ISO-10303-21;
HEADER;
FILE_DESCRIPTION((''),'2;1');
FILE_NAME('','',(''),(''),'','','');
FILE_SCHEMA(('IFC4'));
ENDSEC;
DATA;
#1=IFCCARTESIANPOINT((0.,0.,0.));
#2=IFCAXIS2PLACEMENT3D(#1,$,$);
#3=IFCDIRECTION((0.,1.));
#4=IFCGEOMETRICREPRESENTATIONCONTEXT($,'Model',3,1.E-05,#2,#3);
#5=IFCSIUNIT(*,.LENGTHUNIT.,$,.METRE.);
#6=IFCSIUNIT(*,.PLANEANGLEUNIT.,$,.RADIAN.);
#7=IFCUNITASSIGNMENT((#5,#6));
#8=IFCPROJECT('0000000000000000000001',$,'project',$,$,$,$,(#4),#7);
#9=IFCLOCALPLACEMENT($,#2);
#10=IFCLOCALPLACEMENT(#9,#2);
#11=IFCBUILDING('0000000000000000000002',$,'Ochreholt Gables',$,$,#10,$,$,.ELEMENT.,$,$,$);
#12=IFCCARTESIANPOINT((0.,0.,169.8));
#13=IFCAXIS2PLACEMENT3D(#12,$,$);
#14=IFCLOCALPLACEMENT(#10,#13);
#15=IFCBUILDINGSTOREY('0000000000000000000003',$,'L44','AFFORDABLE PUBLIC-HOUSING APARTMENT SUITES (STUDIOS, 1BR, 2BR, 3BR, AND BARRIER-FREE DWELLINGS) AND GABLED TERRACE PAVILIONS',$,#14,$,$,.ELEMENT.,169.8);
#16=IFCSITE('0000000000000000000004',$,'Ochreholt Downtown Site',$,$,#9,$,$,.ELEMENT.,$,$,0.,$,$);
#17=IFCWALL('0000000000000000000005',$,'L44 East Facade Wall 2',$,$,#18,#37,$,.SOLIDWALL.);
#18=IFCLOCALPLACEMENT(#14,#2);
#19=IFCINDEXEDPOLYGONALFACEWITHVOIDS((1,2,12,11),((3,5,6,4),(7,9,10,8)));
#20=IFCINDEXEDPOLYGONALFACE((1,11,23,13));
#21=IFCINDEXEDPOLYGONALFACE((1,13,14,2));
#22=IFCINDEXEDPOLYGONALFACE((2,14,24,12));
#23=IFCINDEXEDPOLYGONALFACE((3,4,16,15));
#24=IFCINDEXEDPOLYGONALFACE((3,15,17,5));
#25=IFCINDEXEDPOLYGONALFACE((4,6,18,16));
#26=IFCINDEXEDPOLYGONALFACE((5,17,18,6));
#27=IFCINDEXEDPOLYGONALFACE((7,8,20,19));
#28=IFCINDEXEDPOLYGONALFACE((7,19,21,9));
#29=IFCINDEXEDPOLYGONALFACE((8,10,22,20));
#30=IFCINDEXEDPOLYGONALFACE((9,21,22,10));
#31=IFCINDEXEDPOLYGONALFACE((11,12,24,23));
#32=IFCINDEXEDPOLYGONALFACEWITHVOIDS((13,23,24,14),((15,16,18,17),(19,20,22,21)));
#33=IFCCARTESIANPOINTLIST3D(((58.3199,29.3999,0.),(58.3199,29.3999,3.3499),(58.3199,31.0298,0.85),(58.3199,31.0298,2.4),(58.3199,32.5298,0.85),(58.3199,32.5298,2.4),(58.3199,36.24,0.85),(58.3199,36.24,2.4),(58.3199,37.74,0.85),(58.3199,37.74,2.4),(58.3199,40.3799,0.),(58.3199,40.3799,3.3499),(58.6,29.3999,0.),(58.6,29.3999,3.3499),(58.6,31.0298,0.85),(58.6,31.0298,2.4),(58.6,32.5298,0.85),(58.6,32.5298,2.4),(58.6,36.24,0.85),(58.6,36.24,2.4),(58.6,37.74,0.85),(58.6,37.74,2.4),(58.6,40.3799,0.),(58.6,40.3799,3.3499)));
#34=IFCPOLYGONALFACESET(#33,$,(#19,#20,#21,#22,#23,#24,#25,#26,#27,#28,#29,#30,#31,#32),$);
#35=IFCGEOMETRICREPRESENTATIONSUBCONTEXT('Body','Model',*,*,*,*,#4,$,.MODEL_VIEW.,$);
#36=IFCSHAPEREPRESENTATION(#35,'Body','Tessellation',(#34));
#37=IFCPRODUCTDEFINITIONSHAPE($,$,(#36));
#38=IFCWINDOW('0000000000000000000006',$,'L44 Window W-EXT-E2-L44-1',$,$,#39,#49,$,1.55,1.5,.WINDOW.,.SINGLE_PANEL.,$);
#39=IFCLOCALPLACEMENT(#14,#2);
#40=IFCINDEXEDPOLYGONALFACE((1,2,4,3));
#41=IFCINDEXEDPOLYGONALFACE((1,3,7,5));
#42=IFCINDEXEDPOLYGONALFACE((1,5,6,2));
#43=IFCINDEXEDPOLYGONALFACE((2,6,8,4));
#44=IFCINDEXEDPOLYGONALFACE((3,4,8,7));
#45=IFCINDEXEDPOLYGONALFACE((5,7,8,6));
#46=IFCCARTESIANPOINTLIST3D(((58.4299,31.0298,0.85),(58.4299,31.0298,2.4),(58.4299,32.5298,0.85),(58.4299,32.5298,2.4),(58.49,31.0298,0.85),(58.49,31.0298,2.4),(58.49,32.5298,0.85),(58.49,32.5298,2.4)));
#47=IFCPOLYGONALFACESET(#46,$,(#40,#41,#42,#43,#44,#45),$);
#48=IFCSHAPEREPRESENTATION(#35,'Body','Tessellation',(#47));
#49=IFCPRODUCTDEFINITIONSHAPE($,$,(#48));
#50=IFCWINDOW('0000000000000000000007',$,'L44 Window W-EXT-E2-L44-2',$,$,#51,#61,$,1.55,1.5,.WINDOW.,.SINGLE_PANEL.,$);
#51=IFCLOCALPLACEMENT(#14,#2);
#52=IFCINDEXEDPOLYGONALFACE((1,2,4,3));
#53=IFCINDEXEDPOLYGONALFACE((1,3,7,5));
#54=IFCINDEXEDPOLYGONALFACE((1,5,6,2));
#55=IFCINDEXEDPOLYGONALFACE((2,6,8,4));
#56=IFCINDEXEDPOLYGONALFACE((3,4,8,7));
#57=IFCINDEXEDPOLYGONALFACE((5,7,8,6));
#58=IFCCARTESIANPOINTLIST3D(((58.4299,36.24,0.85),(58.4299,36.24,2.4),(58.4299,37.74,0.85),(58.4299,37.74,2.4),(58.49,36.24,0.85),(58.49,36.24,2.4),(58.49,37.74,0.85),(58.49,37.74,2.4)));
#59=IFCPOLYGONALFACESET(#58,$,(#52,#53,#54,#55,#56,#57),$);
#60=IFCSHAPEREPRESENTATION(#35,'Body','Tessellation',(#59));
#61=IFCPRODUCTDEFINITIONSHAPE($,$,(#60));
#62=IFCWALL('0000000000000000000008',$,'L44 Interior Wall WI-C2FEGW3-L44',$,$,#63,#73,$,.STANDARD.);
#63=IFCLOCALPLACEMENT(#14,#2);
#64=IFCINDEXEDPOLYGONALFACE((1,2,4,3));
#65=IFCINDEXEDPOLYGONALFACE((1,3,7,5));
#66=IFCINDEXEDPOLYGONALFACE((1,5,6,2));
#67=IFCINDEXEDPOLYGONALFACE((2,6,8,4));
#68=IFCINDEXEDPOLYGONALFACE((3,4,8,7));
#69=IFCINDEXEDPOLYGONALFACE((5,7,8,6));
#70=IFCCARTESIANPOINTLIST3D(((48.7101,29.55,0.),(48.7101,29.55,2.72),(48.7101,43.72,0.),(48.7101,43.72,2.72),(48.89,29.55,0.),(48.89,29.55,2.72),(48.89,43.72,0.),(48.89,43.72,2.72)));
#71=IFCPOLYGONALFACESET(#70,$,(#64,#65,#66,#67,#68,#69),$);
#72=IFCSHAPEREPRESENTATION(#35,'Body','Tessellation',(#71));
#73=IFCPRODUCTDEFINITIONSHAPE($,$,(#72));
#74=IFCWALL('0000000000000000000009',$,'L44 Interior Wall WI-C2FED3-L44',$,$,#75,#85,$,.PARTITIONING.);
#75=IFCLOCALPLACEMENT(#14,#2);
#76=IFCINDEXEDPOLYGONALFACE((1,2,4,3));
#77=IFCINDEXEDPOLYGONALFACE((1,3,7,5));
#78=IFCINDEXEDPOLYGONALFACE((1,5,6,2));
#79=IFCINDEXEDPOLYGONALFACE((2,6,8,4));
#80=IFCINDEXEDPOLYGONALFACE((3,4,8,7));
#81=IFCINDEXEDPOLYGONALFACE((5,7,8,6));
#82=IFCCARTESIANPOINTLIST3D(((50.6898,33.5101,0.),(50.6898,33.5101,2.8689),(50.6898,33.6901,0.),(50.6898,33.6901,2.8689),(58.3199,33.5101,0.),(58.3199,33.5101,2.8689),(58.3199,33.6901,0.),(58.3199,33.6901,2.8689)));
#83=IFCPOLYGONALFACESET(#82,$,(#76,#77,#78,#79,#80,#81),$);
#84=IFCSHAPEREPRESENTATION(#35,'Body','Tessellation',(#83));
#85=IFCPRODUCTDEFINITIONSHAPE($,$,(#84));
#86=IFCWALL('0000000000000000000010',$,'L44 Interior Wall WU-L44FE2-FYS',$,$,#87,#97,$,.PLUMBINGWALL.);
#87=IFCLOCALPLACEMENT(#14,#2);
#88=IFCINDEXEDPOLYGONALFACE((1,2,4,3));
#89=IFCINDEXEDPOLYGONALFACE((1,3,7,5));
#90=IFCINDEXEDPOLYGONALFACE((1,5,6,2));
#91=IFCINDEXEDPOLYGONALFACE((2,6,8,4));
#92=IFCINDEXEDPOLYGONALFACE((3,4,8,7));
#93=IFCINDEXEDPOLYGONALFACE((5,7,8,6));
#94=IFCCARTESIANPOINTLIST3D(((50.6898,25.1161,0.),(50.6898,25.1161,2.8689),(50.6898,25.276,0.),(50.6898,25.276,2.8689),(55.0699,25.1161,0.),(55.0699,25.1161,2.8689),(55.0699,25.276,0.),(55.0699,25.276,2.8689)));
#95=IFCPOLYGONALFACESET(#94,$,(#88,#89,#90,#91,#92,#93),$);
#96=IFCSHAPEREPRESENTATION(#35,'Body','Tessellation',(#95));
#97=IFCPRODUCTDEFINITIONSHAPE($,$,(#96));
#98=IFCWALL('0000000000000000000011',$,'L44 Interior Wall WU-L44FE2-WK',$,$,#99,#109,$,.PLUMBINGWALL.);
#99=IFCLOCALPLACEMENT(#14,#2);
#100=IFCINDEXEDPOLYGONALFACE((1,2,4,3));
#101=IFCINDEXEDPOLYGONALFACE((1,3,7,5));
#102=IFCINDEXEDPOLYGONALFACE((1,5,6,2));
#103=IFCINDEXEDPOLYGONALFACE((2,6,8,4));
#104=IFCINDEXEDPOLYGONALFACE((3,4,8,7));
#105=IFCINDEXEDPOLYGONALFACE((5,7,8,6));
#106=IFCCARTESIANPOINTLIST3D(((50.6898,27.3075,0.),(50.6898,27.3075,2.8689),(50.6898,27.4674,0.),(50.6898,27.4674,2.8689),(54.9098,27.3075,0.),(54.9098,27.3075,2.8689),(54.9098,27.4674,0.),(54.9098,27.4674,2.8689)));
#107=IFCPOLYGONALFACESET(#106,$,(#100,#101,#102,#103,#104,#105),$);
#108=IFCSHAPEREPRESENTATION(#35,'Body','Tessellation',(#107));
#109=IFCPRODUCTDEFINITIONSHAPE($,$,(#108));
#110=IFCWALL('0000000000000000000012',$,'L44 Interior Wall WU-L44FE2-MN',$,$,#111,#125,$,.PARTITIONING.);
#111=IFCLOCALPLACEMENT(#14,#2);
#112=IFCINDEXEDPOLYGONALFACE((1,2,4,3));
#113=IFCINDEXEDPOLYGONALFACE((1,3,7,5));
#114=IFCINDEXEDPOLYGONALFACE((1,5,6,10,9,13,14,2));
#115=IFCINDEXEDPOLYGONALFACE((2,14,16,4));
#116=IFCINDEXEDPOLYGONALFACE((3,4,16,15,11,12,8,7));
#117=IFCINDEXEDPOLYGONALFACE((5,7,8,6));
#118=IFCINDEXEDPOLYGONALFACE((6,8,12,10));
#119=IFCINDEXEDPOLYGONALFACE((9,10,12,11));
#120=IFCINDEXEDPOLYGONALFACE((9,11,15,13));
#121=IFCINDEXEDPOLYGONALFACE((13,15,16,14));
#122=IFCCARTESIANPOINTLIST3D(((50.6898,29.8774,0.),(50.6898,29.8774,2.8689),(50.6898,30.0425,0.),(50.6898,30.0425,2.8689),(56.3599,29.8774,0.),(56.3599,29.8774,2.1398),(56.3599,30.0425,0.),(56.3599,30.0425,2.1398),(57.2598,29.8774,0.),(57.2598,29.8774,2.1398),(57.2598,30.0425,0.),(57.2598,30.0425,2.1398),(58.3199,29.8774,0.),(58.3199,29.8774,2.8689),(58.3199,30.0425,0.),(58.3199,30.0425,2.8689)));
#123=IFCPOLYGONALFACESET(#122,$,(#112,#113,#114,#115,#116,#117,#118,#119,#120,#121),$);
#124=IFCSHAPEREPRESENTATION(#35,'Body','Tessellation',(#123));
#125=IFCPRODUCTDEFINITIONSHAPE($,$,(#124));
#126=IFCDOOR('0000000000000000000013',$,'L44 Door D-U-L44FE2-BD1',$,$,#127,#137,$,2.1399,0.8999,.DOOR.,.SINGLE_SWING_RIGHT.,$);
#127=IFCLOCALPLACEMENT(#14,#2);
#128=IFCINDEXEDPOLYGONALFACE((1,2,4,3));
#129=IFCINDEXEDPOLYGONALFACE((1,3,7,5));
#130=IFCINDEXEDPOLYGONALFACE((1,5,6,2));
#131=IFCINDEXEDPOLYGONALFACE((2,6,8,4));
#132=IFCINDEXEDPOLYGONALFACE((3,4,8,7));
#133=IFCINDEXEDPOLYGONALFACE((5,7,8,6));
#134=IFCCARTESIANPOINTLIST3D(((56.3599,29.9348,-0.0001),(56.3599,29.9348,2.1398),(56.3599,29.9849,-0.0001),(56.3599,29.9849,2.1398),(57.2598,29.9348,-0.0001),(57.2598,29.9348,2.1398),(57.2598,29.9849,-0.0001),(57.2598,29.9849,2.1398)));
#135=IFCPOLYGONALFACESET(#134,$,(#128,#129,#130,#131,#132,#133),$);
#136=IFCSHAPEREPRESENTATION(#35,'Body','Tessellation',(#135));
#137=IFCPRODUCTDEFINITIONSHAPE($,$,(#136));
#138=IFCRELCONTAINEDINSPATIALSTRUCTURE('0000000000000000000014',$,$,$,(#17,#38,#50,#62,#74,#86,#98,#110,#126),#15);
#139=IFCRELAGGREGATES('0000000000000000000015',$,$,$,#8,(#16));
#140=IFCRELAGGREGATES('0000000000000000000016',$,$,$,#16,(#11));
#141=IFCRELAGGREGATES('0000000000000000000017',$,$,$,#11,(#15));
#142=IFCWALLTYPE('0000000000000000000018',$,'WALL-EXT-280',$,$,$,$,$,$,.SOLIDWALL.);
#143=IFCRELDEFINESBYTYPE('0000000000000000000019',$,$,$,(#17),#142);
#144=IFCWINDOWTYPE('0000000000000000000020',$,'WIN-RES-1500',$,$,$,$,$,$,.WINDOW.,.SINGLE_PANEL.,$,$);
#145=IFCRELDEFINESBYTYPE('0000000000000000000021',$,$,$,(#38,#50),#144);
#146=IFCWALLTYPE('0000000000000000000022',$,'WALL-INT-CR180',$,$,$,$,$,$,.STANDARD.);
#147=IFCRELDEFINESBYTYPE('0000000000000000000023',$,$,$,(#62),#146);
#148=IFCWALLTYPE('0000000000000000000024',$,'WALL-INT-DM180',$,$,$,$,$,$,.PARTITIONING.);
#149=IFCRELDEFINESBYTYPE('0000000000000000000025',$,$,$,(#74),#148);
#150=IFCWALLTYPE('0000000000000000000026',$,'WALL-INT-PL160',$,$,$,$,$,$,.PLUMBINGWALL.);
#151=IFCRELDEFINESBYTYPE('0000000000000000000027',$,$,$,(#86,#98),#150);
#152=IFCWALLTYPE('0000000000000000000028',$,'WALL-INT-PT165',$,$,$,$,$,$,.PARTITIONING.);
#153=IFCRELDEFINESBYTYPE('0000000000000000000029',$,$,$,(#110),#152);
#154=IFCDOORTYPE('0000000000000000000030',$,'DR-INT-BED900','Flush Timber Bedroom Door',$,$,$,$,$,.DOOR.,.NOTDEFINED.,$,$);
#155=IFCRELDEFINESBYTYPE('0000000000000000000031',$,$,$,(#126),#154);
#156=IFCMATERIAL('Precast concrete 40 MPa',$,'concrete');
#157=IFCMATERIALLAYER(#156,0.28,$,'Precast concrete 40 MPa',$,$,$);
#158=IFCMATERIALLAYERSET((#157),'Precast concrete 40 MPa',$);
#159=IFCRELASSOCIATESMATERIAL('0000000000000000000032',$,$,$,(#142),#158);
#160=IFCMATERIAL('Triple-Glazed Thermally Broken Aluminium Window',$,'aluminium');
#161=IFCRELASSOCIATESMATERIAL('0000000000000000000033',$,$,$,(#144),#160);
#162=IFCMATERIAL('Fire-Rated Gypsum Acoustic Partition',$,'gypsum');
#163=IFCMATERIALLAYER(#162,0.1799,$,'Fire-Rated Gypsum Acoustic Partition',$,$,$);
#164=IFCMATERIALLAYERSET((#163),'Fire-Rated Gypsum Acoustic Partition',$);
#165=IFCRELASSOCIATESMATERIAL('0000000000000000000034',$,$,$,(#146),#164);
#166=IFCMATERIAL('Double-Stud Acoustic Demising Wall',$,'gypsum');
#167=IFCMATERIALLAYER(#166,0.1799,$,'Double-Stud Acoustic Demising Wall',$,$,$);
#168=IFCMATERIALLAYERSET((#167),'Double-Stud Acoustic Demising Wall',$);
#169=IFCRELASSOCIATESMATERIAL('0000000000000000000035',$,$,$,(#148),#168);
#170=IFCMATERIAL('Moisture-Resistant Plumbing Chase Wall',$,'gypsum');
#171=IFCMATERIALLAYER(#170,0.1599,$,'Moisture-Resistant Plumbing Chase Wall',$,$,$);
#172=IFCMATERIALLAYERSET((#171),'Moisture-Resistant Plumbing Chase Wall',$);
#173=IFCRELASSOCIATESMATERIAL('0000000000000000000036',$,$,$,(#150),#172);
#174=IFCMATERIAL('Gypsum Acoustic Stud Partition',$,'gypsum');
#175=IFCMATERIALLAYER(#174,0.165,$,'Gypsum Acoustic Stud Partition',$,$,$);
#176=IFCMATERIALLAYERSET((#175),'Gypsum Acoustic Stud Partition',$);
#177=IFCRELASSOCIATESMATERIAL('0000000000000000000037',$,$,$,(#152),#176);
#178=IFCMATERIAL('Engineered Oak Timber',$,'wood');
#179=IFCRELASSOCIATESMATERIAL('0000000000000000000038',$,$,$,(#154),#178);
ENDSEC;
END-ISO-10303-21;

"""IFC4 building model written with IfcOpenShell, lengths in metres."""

from ifc_helpers import new_model, si_unit, direction, frame, frame_2d, origin, place, context, subcontext, project, spatial, rectangle, extrude, material, layer, layer_set, type_object, element, fill, save


model = new_model("IFC4")

# Units and contexts
model_context = context("Model", 3, precision=1e-05, world=origin(), true_north=direction((0.0, 1.0)))
body_context = subcontext(model_context, "Body", "Model", "MODEL_VIEW")
ifc_project = project(units=[si_unit("LENGTHUNIT", "METRE"), si_unit("PLANEANGLEUNIT", "RADIAN")], contexts=[model_context])

# Site, building, storey
site_placement = place(None, origin())
site = spatial("IfcSite", under=ifc_project, at=site_placement, Name="Ochreholt Downtown Site", CompositionType="ELEMENT", RefElevation=0.0)
building_placement = place(site_placement, origin())
building = spatial("IfcBuilding", under=site, at=building_placement, Name="Ochreholt Gables", CompositionType="ELEMENT")
storey_placement = place(building_placement, frame((0.0, 0.0, 169.8)))
storey = spatial("IfcBuildingStorey", under=building, at=storey_placement, Name="L44", Description="AFFORDABLE PUBLIC-HOUSING APARTMENT SUITES (STUDIOS, 1BR, 2BR, 3BR, AND BARRIER-FREE DWELLINGS) AND GABLED TERRACE PAVILIONS", CompositionType="ELEMENT", Elevation=169.8)

# Wall, openings, windows
ifc_material_1 = material(Name="Precast concrete 40 MPa", Category="concrete")
ifc_layer_1 = layer(ifc_material_1, 0.28, Name="Precast concrete 40 MPa")
ifc_layer_set_1 = layer_set([ifc_layer_1], Name="Precast concrete 40 MPa")
wall_type_1 = type_object("IfcWallType", Name="WALL-EXT-280", PredefinedType="SOLIDWALL", material=ifc_layer_set_1)
wall_1_placement = place(storey_placement, frame((58.46, 29.3999, 0.0), z_axis=(0.0, 0.0, 1.0), x_axis=(0.0, 1.0, 0.0)))
wall_1 = element("IfcWall", 1, at=wall_1_placement, inside=storey, type_object=wall_type_1, Name="L44 East Facade Wall 2", PredefinedType="SOLIDWALL", context=body_context, shape_type="SweptSolid", body=[
    extrude(rectangle(XDim=10.98, YDim=0.28, at=frame_2d((5.49, 0.0))), origin(), (0.0, 0.0, 1.0), 3.3499),
])
opening_1_placement = place(wall_1_placement, frame((1.6299, 0.0, 0.8501)))
opening_1 = element("IfcOpeningElement", 2, at=opening_1_placement, cuts=wall_1, PredefinedType="OPENING", context=body_context, shape_type="SweptSolid", body=[
    extrude(rectangle(XDim=1.5, YDim=1.55, at=frame_2d((0.75, 0.7749))), frame((0.0, 0.1499, 0.0), z_axis=(0.0, -1.0, 0.0), x_axis=(1.0, 0.0, 0.0)), (0.0, 0.0, 1.0), 0.3),
])
opening_2_placement = place(wall_1_placement, frame((6.8401, 0.0, 0.8501)))
opening_2 = element("IfcOpeningElement", 3, at=opening_2_placement, cuts=wall_1, PredefinedType="OPENING", context=body_context, shape_type="SweptSolid", body=[
    extrude(rectangle(XDim=1.5, YDim=1.55, at=frame_2d((0.75, 0.7749))), frame((0.0, 0.1499, 0.0), z_axis=(0.0, -1.0, 0.0), x_axis=(1.0, 0.0, 0.0)), (0.0, 0.0, 1.0), 0.3),
])
ifc_material_2 = material(Name="Triple-Glazed Thermally Broken Aluminium Window", Category="aluminium")
window_type = type_object("IfcWindowType", Name="WIN-RES-1500", PartitioningType="SINGLE_PANEL", PredefinedType="WINDOW", material=ifc_material_2)
window_1_placement = place(opening_1_placement, origin())
window_1 = element("IfcWindow", 4, at=window_1_placement, inside=storey, type_object=window_type, Name="L44 Window W-EXT-E2-L44-1", OverallHeight=1.55, OverallWidth=1.5, PartitioningType="SINGLE_PANEL", PredefinedType="WINDOW", context=body_context, shape_type="SweptSolid", body=[
    extrude(rectangle(XDim=1.5, YDim=1.55, at=frame_2d((0.75, 0.7749))), frame((0.0, 0.03, 0.0), z_axis=(0.0, -1.0, 0.0), x_axis=(1.0, 0.0, 0.0)), (0.0, 0.0, 1.0), 0.0601),
])
fill(opening_1, window_1)
window_2_placement = place(opening_2_placement, origin())
window_2 = element("IfcWindow", 5, at=window_2_placement, inside=storey, type_object=window_type, Name="L44 Window W-EXT-E2-L44-2", OverallHeight=1.55, OverallWidth=1.5, PartitioningType="SINGLE_PANEL", PredefinedType="WINDOW", context=body_context, shape_type="SweptSolid", body=[
    extrude(rectangle(XDim=1.5, YDim=1.55, at=frame_2d((0.75, 0.7749))), frame((0.0, 0.03, 0.0), z_axis=(0.0, -1.0, 0.0), x_axis=(1.0, 0.0, 0.0)), (0.0, 0.0, 1.0), 0.0601),
])
fill(opening_2, window_2)

# Walls
ifc_material_3 = material(Name="Fire-Rated Gypsum Acoustic Partition", Category="gypsum")
ifc_layer_2 = layer(ifc_material_3, 0.1799, Name="Fire-Rated Gypsum Acoustic Partition")
ifc_layer_set_2 = layer_set([ifc_layer_2], Name="Fire-Rated Gypsum Acoustic Partition")
wall_type_2 = type_object("IfcWallType", Name="WALL-INT-CR180", PredefinedType="STANDARD", material=ifc_layer_set_2)
wall_2_placement = place(storey_placement, frame((48.8, 29.55, 0.0), z_axis=(0.0, 0.0, 1.0), x_axis=(0.0, 1.0, 0.0)))
element("IfcWall", 6, at=wall_2_placement, inside=storey, type_object=wall_type_2, Name="L44 Interior Wall WI-C2FEGW3-L44", PredefinedType="STANDARD", context=body_context, shape_type="SweptSolid", body=[
    extrude(rectangle(XDim=14.1699, YDim=0.1799, at=frame_2d((7.085, 0.0))), origin(), (0.0, 0.0, 1.0), 2.72),
])
ifc_material_4 = material(Name="Double-Stud Acoustic Demising Wall", Category="gypsum")
ifc_layer_3 = layer(ifc_material_4, 0.1799, Name="Double-Stud Acoustic Demising Wall")
ifc_layer_set_3 = layer_set([ifc_layer_3], Name="Double-Stud Acoustic Demising Wall")
wall_type_3 = type_object("IfcWallType", Name="WALL-INT-DM180", PredefinedType="PARTITIONING", material=ifc_layer_set_3)
wall_3_placement = place(storey_placement, frame((50.6899, 33.6001, 0.0), z_axis=(0.0, 0.0, 1.0), x_axis=(1.0, 0.0, 0.0)))
element("IfcWall", 7, at=wall_3_placement, inside=storey, type_object=wall_type_3, Name="L44 Interior Wall WI-C2FED3-L44", PredefinedType="PARTITIONING", context=body_context, shape_type="SweptSolid", body=[
    extrude(rectangle(XDim=7.6301, YDim=0.1799, at=frame_2d((3.8149, 0.0))), origin(), (0.0, 0.0, 1.0), 2.8689),
])
ifc_material_5 = material(Name="Moisture-Resistant Plumbing Chase Wall", Category="gypsum")
ifc_layer_4 = layer(ifc_material_5, 0.1599, Name="Moisture-Resistant Plumbing Chase Wall")
ifc_layer_set_4 = layer_set([ifc_layer_4], Name="Moisture-Resistant Plumbing Chase Wall")
wall_type_4 = type_object("IfcWallType", Name="WALL-INT-PL160", PredefinedType="PLUMBINGWALL", material=ifc_layer_set_4)
wall_4_placement = place(storey_placement, frame((50.6899, 25.196, 0.0), z_axis=(0.0, 0.0, 1.0), x_axis=(1.0, 0.0, 0.0)))
element("IfcWall", 8, at=wall_4_placement, inside=storey, type_object=wall_type_4, Name="L44 Interior Wall WU-L44FE2-FYS", PredefinedType="PLUMBINGWALL", context=body_context, shape_type="SweptSolid", body=[
    extrude(rectangle(XDim=4.3801, YDim=0.1599, at=frame_2d((2.1899, 0.0))), origin(), (0.0, 0.0, 1.0), 2.8689),
])

# Shared definitions
ifc_material_6 = material(Name="Engineered Oak Timber", Category="wood")

# Wall
wall_5_placement = place(storey_placement, frame((50.6899, 27.3875, 0.0), z_axis=(0.0, 0.0, 1.0), x_axis=(1.0, 0.0, 0.0)))
element("IfcWall", 9, at=wall_5_placement, inside=storey, type_object=wall_type_4, Name="L44 Interior Wall WU-L44FE2-WK", PredefinedType="PLUMBINGWALL", context=body_context, shape_type="SweptSolid", body=[
    extrude(rectangle(XDim=4.22, YDim=0.1599, at=frame_2d((2.1099, 0.0))), origin(), (0.0, 0.0, 1.0), 2.8689),
])

# Wall, opening, door
ifc_material_7 = material(Name="Gypsum Acoustic Stud Partition", Category="gypsum")
ifc_layer_5 = layer(ifc_material_7, 0.165, Name="Gypsum Acoustic Stud Partition")
ifc_layer_set_5 = layer_set([ifc_layer_5], Name="Gypsum Acoustic Stud Partition")
wall_type_5 = type_object("IfcWallType", Name="WALL-INT-PT165", PredefinedType="PARTITIONING", material=ifc_layer_set_5)
wall_6_placement = place(storey_placement, frame((50.6899, 29.96, 0.0), z_axis=(0.0, 0.0, 1.0), x_axis=(1.0, 0.0, 0.0)))
wall_6 = element("IfcWall", 10, at=wall_6_placement, inside=storey, type_object=wall_type_5, Name="L44 Interior Wall WU-L44FE2-MN", PredefinedType="PARTITIONING", context=body_context, shape_type="SweptSolid", body=[
    extrude(rectangle(XDim=7.6301, YDim=0.165, at=frame_2d((3.8149, 0.0))), origin(), (0.0, 0.0, 1.0), 2.8689),
])
opening_3_placement = place(wall_6_placement, frame((5.6699, 0.0, 0.0)))
opening_3 = element("IfcOpeningElement", 11, at=opening_3_placement, cuts=wall_6, PredefinedType="OPENING", context=body_context, shape_type="SweptSolid", body=[
    extrude(rectangle(XDim=0.8999, YDim=2.1399, at=frame_2d((0.45, 1.0698))), frame((0.0, 0.0925, 0.0), z_axis=(0.0, -1.0, 0.0), x_axis=(1.0, 0.0, 0.0)), (0.0, 0.0, 1.0), 0.1851),
])
door_type_1 = type_object("IfcDoorType", Name="DR-INT-BED900", Description="Flush Timber Bedroom Door", OperationType="NOTDEFINED", PredefinedType="DOOR", material=ifc_material_6)
door_1_placement = place(opening_3_placement, origin())
door_1 = element("IfcDoor", 12, at=door_1_placement, inside=storey, type_object=door_type_1, Name="L44 Door D-U-L44FE2-BD1", OperationType="SINGLE_SWING_RIGHT", OverallHeight=2.1399, OverallWidth=0.8999, PredefinedType="DOOR", context=body_context, shape_type="SweptSolid", body=[
    extrude(rectangle(XDim=0.8999, YDim=2.1399, at=frame_2d((0.45, 1.0698))), frame((0.0, 0.0249, 0.0), z_axis=(0.0, -1.0, 0.0), x_axis=(1.0, 0.0, 0.0)), (0.0, 0.0, 1.0), 0.05),
])
fill(opening_3, door_1)

save(model, "model.ifc")
